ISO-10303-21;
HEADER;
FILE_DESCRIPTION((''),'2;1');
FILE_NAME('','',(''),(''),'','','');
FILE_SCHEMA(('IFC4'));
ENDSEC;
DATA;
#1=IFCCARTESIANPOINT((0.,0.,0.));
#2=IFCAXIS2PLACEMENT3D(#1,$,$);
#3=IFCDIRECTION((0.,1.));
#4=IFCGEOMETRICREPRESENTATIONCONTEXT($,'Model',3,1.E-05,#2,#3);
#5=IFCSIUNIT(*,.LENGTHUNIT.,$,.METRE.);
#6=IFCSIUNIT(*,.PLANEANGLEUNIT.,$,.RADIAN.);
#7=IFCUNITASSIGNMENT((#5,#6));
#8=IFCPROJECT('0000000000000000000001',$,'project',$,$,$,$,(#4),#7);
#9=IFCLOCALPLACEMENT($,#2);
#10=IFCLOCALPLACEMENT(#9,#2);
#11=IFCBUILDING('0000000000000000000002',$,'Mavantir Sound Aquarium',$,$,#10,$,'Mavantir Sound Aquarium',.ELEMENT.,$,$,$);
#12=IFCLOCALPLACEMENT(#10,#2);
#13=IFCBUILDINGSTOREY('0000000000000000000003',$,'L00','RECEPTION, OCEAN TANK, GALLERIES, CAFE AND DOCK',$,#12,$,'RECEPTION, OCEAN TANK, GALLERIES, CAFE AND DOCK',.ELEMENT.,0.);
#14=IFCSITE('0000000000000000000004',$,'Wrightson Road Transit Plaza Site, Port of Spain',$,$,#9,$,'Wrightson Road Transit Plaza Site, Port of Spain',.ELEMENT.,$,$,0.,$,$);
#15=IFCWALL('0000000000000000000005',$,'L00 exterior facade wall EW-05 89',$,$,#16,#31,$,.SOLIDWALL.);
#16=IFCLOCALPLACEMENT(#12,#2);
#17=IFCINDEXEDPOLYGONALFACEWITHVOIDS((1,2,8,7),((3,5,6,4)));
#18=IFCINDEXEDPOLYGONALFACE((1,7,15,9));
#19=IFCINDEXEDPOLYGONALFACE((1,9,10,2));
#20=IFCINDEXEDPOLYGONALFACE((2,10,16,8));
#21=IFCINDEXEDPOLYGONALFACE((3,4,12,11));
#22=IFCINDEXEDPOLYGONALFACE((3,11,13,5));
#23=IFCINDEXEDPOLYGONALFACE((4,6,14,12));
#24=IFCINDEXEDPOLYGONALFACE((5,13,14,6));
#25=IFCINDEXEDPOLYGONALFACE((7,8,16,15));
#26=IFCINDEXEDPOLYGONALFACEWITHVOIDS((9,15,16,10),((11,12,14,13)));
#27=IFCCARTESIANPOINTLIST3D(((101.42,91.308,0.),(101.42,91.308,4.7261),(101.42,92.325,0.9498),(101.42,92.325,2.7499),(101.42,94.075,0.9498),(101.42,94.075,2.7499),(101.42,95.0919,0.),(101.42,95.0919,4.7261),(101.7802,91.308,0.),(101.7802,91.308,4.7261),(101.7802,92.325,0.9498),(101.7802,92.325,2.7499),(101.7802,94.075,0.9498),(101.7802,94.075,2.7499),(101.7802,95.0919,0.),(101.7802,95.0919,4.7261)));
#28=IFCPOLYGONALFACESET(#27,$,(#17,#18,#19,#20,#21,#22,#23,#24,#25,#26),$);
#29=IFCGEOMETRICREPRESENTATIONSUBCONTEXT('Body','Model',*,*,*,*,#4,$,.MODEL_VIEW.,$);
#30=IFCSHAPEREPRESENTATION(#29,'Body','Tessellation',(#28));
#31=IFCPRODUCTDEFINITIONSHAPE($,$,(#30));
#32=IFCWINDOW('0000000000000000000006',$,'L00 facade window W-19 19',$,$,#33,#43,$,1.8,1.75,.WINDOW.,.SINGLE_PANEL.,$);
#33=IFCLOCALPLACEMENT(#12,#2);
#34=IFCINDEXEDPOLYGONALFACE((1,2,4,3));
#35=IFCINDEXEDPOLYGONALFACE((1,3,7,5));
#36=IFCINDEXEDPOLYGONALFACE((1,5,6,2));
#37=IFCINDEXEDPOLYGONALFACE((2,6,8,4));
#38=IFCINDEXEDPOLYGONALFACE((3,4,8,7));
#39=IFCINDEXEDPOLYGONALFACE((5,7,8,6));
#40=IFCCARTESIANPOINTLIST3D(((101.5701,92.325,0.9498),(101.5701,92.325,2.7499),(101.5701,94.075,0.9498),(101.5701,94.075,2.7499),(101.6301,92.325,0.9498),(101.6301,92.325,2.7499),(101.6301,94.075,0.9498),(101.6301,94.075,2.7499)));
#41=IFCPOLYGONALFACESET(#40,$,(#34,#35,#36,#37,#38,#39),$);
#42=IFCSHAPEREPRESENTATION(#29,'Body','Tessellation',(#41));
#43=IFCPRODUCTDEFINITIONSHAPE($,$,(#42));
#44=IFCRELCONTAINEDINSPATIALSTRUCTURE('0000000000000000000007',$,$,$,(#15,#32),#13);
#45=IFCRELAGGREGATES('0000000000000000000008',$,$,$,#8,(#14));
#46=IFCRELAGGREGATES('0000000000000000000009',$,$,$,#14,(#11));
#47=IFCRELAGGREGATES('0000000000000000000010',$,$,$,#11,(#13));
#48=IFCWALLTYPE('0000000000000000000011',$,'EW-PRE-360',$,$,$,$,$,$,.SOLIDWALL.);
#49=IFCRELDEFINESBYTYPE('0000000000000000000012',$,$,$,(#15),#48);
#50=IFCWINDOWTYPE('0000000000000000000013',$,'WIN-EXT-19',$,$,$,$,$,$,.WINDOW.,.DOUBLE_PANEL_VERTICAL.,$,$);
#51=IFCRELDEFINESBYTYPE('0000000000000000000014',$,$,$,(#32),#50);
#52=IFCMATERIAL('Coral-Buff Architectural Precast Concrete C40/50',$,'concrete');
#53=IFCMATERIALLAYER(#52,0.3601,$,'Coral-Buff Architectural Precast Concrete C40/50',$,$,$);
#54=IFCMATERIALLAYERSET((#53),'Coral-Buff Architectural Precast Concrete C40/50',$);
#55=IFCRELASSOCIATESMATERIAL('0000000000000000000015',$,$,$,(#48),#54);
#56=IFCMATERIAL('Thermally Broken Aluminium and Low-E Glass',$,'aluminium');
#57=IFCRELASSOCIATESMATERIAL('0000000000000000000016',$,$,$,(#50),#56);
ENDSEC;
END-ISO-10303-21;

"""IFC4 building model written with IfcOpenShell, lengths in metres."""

from ifc_helpers import new_model, si_unit, direction, frame, frame_2d, origin, place, context, subcontext, project, spatial, rectangle, extrude, material, layer, layer_set, type_object, element, fill, save


model = new_model("IFC4")

# Units and contexts
model_context = context("Model", 3, precision=1e-05, world=origin(), true_north=direction((0.0, 1.0)))
body_context = subcontext(model_context, "Body", "Model", "MODEL_VIEW")
ifc_project = project(units=[si_unit("LENGTHUNIT", "METRE"), si_unit("PLANEANGLEUNIT", "RADIAN")], contexts=[model_context])

# Site, building, storey
site_placement = place(None, origin())
site = spatial("IfcSite", under=ifc_project, at=site_placement, Name="Wrightson Road Transit Plaza Site, Port of Spain", LongName="Wrightson Road Transit Plaza Site, Port of Spain", CompositionType="ELEMENT", RefElevation=0.0)
building_placement = place(site_placement, origin())
building = spatial("IfcBuilding", under=site, at=building_placement, Name="Mavantir Sound Aquarium", LongName="Mavantir Sound Aquarium", CompositionType="ELEMENT")
storey_placement = place(building_placement, origin())
storey = spatial("IfcBuildingStorey", under=building, at=storey_placement, Name="L00", Description="RECEPTION, OCEAN TANK, GALLERIES, CAFE AND DOCK", LongName="RECEPTION, OCEAN TANK, GALLERIES, CAFE AND DOCK", CompositionType="ELEMENT", Elevation=0.0)

# Wall, opening, window
ifc_material_1 = material(Name="Coral-Buff Architectural Precast Concrete C40/50", Category="concrete")
ifc_material_2 = material(Name="Thermally Broken Aluminium and Low-E Glass", Category="aluminium")
ifc_layer_1 = layer(ifc_material_1, 0.3601, Name="Coral-Buff Architectural Precast Concrete C40/50")
ifc_layer_set_1 = layer_set([ifc_layer_1], Name="Coral-Buff Architectural Precast Concrete C40/50")
wall_type_1 = type_object("IfcWallType", Name="EW-PRE-360", PredefinedType="SOLIDWALL", material=ifc_layer_set_1)
wall_1_placement = place(storey_placement, frame((101.6001, 95.092, 0.0), z_axis=(0.0, 0.0, 1.0), x_axis=(0.0, -1.0, 0.0)))
wall_1 = element("IfcWall", 1, at=wall_1_placement, inside=storey, type_object=wall_type_1, Name="L00 exterior facade wall EW-05 89", PredefinedType="SOLIDWALL", context=body_context, shape_type="SweptSolid", body=[
    extrude(rectangle(XDim=3.7839, YDim=0.3601, at=frame_2d((1.8921, 0.0))), origin(), (0.0, 0.0, 1.0), 4.7261),
])
opening_1_placement = place(wall_1_placement, frame((1.0171, 0.0, 0.95)))
opening_1 = element("IfcOpeningElement", 2, at=opening_1_placement, cuts=wall_1, PredefinedType="OPENING", context=body_context, shape_type="SweptSolid", body=[
    extrude(rectangle(XDim=1.75, YDim=1.8, at=frame_2d((0.875, 0.8999))), frame((0.0, 0.1899, 0.0), z_axis=(0.0, -1.0, 0.0), x_axis=(1.0, 0.0, 0.0)), (0.0, 0.0, 1.0), 0.3801),
])
window_type_1 = type_object("IfcWindowType", Name="WIN-EXT-19", PartitioningType="DOUBLE_PANEL_VERTICAL", PredefinedType="WINDOW", material=ifc_material_2)
window_1_placement = place(opening_1_placement, origin())
window_1 = element("IfcWindow", 3, at=window_1_placement, inside=storey, type_object=window_type_1, Name="L00 facade window W-19 19", OverallHeight=1.8, OverallWidth=1.75, PartitioningType="SINGLE_PANEL", PredefinedType="WINDOW", context=body_context, shape_type="SweptSolid", body=[
    extrude(rectangle(XDim=1.75, YDim=1.8, at=frame_2d((0.875, 0.8999))), frame((0.0, 0.03, 0.0), z_axis=(0.0, -1.0, 0.0), x_axis=(1.0, 0.0, 0.0)), (0.0, 0.0, 1.0), 0.0601),
])
fill(opening_1, window_1)

save(model, "model.ifc")
